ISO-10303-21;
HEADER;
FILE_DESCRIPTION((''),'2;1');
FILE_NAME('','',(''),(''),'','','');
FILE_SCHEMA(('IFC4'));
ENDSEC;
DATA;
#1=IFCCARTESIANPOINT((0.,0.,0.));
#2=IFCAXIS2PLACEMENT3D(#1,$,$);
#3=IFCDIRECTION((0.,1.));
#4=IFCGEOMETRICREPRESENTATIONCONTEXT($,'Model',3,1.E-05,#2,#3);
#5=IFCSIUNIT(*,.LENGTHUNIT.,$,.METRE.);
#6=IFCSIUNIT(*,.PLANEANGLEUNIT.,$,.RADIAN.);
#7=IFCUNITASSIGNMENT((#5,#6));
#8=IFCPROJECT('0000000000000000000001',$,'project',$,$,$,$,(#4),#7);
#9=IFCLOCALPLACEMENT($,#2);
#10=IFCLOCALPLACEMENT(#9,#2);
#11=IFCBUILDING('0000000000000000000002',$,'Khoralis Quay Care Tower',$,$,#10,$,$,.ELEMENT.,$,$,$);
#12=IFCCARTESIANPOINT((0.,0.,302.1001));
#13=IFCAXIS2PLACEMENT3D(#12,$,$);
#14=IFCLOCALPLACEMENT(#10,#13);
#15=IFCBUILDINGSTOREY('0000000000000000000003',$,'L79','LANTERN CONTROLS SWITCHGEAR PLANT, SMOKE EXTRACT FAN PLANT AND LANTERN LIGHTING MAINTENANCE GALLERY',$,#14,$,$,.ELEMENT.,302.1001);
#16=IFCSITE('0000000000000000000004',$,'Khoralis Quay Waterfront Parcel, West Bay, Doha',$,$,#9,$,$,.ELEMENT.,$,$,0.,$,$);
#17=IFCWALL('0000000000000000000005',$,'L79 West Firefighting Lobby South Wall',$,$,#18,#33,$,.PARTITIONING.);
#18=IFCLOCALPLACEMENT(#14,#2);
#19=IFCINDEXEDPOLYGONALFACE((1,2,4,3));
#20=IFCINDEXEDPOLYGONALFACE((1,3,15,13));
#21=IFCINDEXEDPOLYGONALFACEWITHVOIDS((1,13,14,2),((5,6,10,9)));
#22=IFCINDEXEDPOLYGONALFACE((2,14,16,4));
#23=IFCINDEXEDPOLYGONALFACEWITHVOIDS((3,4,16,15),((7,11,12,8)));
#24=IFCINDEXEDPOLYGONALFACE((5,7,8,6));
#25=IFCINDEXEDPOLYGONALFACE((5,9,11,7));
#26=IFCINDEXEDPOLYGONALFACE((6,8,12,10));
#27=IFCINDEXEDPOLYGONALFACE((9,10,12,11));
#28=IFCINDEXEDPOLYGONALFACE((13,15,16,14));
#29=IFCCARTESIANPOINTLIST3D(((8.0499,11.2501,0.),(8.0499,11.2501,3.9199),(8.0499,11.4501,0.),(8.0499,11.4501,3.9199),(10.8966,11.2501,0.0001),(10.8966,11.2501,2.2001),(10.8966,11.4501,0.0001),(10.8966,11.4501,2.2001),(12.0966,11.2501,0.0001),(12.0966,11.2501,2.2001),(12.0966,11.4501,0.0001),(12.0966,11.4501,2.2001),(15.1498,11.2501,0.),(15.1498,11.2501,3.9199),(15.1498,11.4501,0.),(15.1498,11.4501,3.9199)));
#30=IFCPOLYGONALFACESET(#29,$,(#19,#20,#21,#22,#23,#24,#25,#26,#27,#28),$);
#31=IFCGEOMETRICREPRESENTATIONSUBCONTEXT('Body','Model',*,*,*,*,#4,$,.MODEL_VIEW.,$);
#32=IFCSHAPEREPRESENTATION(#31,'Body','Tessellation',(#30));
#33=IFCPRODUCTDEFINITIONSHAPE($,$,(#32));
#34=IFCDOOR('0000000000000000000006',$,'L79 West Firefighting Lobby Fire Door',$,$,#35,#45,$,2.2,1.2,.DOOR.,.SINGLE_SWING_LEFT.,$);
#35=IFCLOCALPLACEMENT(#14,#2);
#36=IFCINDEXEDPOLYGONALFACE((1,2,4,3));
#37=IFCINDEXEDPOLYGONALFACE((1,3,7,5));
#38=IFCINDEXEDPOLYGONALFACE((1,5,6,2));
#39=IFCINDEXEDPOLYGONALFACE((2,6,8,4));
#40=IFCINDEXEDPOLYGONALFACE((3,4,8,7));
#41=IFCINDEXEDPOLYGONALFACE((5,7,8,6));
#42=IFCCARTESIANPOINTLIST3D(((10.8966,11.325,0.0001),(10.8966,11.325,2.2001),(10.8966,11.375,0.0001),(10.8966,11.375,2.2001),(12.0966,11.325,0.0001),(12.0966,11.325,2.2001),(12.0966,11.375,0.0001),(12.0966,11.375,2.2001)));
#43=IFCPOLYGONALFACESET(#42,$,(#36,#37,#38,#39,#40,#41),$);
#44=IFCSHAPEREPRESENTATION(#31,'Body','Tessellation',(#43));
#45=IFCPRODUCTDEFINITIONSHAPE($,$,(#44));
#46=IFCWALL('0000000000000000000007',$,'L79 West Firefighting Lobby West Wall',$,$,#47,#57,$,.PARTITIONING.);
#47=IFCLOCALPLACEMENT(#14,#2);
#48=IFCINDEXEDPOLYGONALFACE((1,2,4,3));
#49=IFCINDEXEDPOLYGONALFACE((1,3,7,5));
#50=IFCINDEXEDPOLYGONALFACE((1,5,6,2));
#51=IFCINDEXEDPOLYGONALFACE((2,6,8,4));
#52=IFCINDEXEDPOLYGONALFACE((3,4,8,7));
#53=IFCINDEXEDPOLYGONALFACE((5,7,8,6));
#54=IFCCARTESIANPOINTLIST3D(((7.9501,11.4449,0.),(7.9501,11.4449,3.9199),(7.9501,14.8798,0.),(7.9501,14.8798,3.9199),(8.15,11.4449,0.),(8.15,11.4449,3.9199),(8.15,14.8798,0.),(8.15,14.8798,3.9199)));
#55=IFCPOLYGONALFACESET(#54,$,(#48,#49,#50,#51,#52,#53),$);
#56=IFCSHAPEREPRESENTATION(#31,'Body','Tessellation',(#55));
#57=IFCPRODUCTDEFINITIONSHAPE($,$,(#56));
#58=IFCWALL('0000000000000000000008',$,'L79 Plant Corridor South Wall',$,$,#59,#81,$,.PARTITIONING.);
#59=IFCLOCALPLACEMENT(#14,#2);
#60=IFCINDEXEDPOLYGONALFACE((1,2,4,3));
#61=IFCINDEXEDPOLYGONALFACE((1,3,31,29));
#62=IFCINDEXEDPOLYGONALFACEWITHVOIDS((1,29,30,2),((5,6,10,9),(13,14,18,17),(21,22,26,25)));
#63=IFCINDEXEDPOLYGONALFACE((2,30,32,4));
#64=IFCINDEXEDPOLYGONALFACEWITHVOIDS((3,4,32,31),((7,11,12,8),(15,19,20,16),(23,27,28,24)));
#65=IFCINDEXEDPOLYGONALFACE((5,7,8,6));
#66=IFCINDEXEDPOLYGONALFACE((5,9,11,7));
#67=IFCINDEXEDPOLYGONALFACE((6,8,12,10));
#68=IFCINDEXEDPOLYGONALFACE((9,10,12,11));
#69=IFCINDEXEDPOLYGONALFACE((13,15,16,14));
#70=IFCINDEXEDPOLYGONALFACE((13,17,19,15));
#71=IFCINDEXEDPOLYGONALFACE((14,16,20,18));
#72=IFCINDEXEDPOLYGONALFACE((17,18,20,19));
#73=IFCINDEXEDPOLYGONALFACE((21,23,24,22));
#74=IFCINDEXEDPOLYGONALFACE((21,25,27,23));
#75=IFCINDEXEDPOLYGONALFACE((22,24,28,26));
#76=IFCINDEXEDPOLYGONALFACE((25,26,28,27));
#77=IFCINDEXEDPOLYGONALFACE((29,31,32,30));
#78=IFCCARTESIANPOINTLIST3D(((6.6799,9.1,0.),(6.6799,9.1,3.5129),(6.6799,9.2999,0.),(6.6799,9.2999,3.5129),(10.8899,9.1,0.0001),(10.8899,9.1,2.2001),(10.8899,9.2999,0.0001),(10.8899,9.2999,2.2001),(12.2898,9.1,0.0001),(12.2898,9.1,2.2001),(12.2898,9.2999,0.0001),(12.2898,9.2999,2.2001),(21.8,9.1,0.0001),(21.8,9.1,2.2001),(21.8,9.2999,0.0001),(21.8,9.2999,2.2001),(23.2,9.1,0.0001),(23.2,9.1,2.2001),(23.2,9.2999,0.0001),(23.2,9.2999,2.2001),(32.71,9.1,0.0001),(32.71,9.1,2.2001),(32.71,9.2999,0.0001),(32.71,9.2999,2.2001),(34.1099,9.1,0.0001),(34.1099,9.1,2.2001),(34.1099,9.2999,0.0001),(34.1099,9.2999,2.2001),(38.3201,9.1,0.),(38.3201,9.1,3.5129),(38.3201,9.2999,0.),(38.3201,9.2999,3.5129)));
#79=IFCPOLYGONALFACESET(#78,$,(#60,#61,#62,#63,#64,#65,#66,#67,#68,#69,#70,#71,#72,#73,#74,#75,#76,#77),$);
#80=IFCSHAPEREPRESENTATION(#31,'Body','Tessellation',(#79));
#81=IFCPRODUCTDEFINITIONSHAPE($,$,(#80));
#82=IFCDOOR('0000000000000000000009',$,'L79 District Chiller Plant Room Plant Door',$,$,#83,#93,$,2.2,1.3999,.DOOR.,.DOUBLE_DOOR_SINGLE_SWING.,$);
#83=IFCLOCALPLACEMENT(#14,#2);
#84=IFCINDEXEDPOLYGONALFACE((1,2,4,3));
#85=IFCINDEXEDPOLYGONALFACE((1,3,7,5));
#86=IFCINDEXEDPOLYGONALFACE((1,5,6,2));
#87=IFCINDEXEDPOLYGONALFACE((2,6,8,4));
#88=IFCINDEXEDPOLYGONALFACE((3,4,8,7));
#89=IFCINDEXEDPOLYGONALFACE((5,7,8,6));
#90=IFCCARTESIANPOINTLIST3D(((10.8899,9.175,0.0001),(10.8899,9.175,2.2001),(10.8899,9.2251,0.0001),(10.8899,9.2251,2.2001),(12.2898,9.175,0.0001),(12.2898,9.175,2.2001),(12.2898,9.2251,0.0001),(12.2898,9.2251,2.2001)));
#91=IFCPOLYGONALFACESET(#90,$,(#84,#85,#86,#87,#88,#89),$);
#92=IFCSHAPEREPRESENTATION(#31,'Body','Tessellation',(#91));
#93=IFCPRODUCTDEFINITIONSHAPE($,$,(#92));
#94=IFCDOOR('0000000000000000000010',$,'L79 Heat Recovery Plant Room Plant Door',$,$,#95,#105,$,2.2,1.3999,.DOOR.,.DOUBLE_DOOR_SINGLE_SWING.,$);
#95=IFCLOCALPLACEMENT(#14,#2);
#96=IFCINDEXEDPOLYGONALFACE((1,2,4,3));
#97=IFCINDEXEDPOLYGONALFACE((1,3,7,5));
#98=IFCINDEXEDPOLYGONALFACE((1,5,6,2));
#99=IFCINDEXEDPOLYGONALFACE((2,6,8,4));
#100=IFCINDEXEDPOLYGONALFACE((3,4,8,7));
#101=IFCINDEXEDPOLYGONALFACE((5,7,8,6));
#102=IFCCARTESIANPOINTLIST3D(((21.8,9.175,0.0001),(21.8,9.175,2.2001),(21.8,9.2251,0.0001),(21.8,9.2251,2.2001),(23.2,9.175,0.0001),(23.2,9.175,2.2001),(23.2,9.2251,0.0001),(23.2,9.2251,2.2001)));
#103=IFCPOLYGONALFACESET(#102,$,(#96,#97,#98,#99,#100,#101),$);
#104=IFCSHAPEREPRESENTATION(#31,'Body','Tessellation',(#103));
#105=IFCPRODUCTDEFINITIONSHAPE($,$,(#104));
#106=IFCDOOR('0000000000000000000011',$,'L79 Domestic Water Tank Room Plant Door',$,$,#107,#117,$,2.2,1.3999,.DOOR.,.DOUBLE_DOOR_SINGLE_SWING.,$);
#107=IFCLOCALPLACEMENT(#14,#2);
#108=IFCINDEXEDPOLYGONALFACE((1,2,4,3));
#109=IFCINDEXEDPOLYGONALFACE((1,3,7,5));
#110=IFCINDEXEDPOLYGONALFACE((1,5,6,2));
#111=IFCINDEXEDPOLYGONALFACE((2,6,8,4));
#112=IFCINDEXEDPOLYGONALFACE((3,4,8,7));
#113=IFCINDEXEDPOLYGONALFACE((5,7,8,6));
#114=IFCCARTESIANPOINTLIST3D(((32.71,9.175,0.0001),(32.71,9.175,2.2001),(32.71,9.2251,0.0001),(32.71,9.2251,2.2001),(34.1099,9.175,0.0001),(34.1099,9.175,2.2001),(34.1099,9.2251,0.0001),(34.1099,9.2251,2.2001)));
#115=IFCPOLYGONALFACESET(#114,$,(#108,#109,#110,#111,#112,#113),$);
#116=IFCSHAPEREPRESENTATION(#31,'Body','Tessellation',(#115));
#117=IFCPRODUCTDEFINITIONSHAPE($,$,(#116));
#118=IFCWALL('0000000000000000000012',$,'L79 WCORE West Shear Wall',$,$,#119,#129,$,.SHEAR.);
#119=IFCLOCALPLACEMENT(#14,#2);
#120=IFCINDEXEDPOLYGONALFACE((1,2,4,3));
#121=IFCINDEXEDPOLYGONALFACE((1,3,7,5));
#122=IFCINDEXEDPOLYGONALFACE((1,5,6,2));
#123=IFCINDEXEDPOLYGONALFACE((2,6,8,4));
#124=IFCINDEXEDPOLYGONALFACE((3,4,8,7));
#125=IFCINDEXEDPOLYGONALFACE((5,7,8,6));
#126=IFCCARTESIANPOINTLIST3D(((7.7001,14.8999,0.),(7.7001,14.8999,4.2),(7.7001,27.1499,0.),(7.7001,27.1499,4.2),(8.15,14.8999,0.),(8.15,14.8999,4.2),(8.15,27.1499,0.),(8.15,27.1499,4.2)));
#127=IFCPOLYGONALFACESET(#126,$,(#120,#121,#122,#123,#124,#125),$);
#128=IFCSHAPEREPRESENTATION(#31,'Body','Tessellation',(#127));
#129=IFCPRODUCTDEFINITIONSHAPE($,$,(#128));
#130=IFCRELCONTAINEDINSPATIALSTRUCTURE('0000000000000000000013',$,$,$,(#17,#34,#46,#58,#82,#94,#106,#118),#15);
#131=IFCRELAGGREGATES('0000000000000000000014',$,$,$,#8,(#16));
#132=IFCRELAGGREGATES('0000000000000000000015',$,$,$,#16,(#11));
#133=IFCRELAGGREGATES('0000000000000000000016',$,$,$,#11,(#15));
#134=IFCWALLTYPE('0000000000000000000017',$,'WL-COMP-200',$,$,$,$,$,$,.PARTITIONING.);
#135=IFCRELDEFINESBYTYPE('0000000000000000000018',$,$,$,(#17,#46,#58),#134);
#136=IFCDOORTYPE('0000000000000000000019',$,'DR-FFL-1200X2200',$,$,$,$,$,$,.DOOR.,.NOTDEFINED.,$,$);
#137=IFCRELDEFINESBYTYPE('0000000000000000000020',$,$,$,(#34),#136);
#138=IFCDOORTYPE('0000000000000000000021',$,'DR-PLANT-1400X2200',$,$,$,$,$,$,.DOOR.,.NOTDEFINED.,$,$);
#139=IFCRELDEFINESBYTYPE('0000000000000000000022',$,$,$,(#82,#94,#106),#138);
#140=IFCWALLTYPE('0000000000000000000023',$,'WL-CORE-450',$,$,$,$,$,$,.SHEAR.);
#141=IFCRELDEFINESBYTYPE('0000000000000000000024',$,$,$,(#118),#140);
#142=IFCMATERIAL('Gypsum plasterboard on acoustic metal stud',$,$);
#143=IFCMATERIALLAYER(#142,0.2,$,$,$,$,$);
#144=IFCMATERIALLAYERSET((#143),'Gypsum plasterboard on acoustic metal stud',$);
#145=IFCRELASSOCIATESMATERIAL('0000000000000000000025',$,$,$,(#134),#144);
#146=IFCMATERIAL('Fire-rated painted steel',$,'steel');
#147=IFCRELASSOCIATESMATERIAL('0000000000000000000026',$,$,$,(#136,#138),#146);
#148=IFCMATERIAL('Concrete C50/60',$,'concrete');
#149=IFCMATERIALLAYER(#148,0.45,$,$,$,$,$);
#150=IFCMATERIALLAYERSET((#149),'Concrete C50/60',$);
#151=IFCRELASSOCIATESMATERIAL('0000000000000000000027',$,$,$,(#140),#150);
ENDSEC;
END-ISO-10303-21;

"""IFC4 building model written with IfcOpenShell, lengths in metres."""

from ifc_helpers import new_model, si_unit, direction, frame, frame_2d, origin, place, context, subcontext, project, spatial, rectangle, extrude, source, transform, mapped, material, layer, layer_set, type_object, element, fill, save


model = new_model("IFC4")

# Units and contexts
model_context = context("Model", 3, precision=1e-05, world=origin(), true_north=direction((0.0, 1.0)))
body_context = subcontext(model_context, "Body", "Model", "MODEL_VIEW")
ifc_project = project(units=[si_unit("LENGTHUNIT", "METRE"), si_unit("PLANEANGLEUNIT", "RADIAN")], contexts=[model_context])

# Site, building, storey
site_placement = place(None, origin())
site = spatial("IfcSite", under=ifc_project, at=site_placement, Name="Khoralis Quay Waterfront Parcel, West Bay, Doha", CompositionType="ELEMENT", RefElevation=0.0)
building_placement = place(site_placement, origin())
building = spatial("IfcBuilding", under=site, at=building_placement, Name="Khoralis Quay Care Tower", CompositionType="ELEMENT")
storey_placement = place(building_placement, frame((0.0, 0.0, 302.1001)))
storey = spatial("IfcBuildingStorey", under=building, at=storey_placement, Name="L79", Description="LANTERN CONTROLS SWITCHGEAR PLANT, SMOKE EXTRACT FAN PLANT AND LANTERN LIGHTING MAINTENANCE GALLERY", CompositionType="ELEMENT", Elevation=302.1001)

# Wall, opening, door
ifc_material_1 = material(Name="Gypsum plasterboard on acoustic metal stud")
ifc_layer_1 = layer(ifc_material_1, 0.2)
ifc_layer_set_1 = layer_set([ifc_layer_1], Name="Gypsum plasterboard on acoustic metal stud")
wall_type_1 = type_object("IfcWallType", Name="WL-COMP-200", PredefinedType="PARTITIONING", material=ifc_layer_set_1)
wall_1_placement = place(storey_placement, frame((8.05, 11.3501, 0.0), z_axis=(0.0, 0.0, 1.0), x_axis=(1.0, 0.0, 0.0)))
wall_1 = element("IfcWall", 1, at=wall_1_placement, inside=storey, type_object=wall_type_1, Name="L79 West Firefighting Lobby South Wall", PredefinedType="PARTITIONING", context=body_context, shape_type="SweptSolid", body=[
    extrude(rectangle(XDim=7.0999, YDim=0.2, at=frame_2d((3.5498, 0.0))), origin(), (0.0, 0.0, 1.0), 3.9199),
])
opening_1_placement = place(wall_1_placement, frame((2.8464, 0.0, 0.0)))
opening_1 = element("IfcOpeningElement", 2, at=opening_1_placement, cuts=wall_1, PredefinedType="OPENING", context=body_context, shape_type="SweptSolid", body=[
    extrude(rectangle(XDim=1.2, YDim=2.2, at=frame_2d((0.6001, 1.1001))), frame((0.0, 0.1099, 0.0), z_axis=(0.0, -1.0, 0.0), x_axis=(1.0, 0.0, 0.0)), (0.0, 0.0, 1.0), 0.22),
])
ifc_material_2 = material(Name="Fire-rated painted steel", Category="steel")
door_type_1 = type_object("IfcDoorType", Name="DR-FFL-1200X2200", OperationType="NOTDEFINED", PredefinedType="DOOR", material=ifc_material_2)
shared_shape_1 = source(origin(), body_context, "Body", "SweptSolid", [
    extrude(rectangle(XDim=1.2, YDim=2.2, at=frame_2d((0.6001, 1.1001))), frame((0.0, 0.0249, 0.0), z_axis=(0.0, -1.0, 0.0), x_axis=(1.0, 0.0, 0.0)), (0.0, 0.0, 1.0), 0.05),
])
door_1_placement = place(opening_1_placement, origin())
door_1 = element("IfcDoor", 3, at=door_1_placement, inside=storey, type_object=door_type_1, Name="L79 West Firefighting Lobby Fire Door", OperationType="SINGLE_SWING_LEFT", OverallHeight=2.2, OverallWidth=1.2, PredefinedType="DOOR", context=body_context, shape_type="MappedRepresentation", body=[
    mapped(shared_shape_1, transform((0.0, 0.0, 0.0), scale=1.0)),
])
fill(opening_1, door_1)

# Wall
wall_2_placement = place(storey_placement, frame((8.05, 11.4451, 0.0), z_axis=(0.0, 0.0, 1.0), x_axis=(0.0, 1.0, 0.0)))
element("IfcWall", 4, at=wall_2_placement, inside=storey, type_object=wall_type_1, Name="L79 West Firefighting Lobby West Wall", PredefinedType="PARTITIONING", context=body_context, shape_type="SweptSolid", body=[
    extrude(rectangle(XDim=3.4348, YDim=0.2, at=frame_2d((1.7173, 0.0))), origin(), (0.0, 0.0, 1.0), 3.9199),
])

# Wall, openings, doors
wall_3_placement = place(storey_placement, frame((6.6799, 9.2, 0.0), z_axis=(0.0, 0.0, 1.0), x_axis=(1.0, 0.0, 0.0)))
wall_3 = element("IfcWall", 5, at=wall_3_placement, inside=storey, type_object=wall_type_1, Name="L79 Plant Corridor South Wall", PredefinedType="PARTITIONING", context=body_context, shape_type="SweptSolid", body=[
    extrude(rectangle(XDim=31.6401, YDim=0.2, at=frame_2d((15.8201, 0.0))), origin(), (0.0, 0.0, 1.0), 3.5129),
])
opening_2_placement = place(wall_3_placement, frame((4.21, 0.0, 0.0)))
opening_2 = element("IfcOpeningElement", 6, at=opening_2_placement, cuts=wall_3, PredefinedType="OPENING", context=body_context, shape_type="SweptSolid", body=[
    extrude(rectangle(XDim=1.3999, YDim=2.2, at=frame_2d((0.7, 1.1001))), frame((0.0, 0.1099, 0.0), z_axis=(0.0, -1.0, 0.0), x_axis=(1.0, 0.0, 0.0)), (0.0, 0.0, 1.0), 0.22),
])
opening_3_placement = place(wall_3_placement, frame((15.1201, 0.0, 0.0)))
opening_3 = element("IfcOpeningElement", 7, at=opening_3_placement, cuts=wall_3, PredefinedType="OPENING", context=body_context, shape_type="SweptSolid", body=[
    extrude(rectangle(XDim=1.3999, YDim=2.2, at=frame_2d((0.7, 1.1001))), frame((0.0, 0.1099, 0.0), z_axis=(0.0, -1.0, 0.0), x_axis=(1.0, 0.0, 0.0)), (0.0, 0.0, 1.0), 0.22),
])
opening_4_placement = place(wall_3_placement, frame((26.03, 0.0, 0.0)))
opening_4 = element("IfcOpeningElement", 8, at=opening_4_placement, cuts=wall_3, PredefinedType="OPENING", context=body_context, shape_type="SweptSolid", body=[
    extrude(rectangle(XDim=1.3999, YDim=2.2, at=frame_2d((0.7, 1.1001))), frame((0.0, 0.1099, 0.0), z_axis=(0.0, -1.0, 0.0), x_axis=(1.0, 0.0, 0.0)), (0.0, 0.0, 1.0), 0.22),
])
door_type_2 = type_object("IfcDoorType", Name="DR-PLANT-1400X2200", OperationType="NOTDEFINED", PredefinedType="DOOR", material=ifc_material_2)
shared_shape_2 = source(origin(), body_context, "Body", "SweptSolid", [
    extrude(rectangle(XDim=1.3999, YDim=2.2, at=frame_2d((0.7, 1.1001))), frame((0.0, 0.0249, 0.0), z_axis=(0.0, -1.0, 0.0), x_axis=(1.0, 0.0, 0.0)), (0.0, 0.0, 1.0), 0.05),
])
door_2_placement = place(opening_2_placement, frame((1.3999, 0.0, 0.0), z_axis=(0.0, 0.0, 1.0), x_axis=(-1.0, 0.0, 0.0)))
door_2 = element("IfcDoor", 9, at=door_2_placement, inside=storey, type_object=door_type_2, Name="L79 District Chiller Plant Room Plant Door", OperationType="DOUBLE_DOOR_SINGLE_SWING", OverallHeight=2.2, OverallWidth=1.3999, PredefinedType="DOOR", context=body_context, shape_type="MappedRepresentation", body=[
    mapped(shared_shape_2, transform((0.0, 0.0, 0.0), scale=1.0)),
])
fill(opening_2, door_2)
door_3_placement = place(opening_3_placement, frame((1.3999, 0.0, 0.0), z_axis=(0.0, 0.0, 1.0), x_axis=(-1.0, 0.0, 0.0)))
door_3 = element("IfcDoor", 10, at=door_3_placement, inside=storey, type_object=door_type_2, Name="L79 Heat Recovery Plant Room Plant Door", OperationType="DOUBLE_DOOR_SINGLE_SWING", OverallHeight=2.2, OverallWidth=1.3999, PredefinedType="DOOR", context=body_context, shape_type="MappedRepresentation", body=[
    mapped(shared_shape_2, transform((0.0, 0.0, 0.0), scale=1.0)),
])
fill(opening_3, door_3)
door_4_placement = place(opening_4_placement, frame((1.3999, 0.0, 0.0), z_axis=(0.0, 0.0, 1.0), x_axis=(-1.0, 0.0, 0.0)))
door_4 = element("IfcDoor", 11, at=door_4_placement, inside=storey, type_object=door_type_2, Name="L79 Domestic Water Tank Room Plant Door", OperationType="DOUBLE_DOOR_SINGLE_SWING", OverallHeight=2.2, OverallWidth=1.3999, PredefinedType="DOOR", context=body_context, shape_type="MappedRepresentation", body=[
    mapped(shared_shape_2, transform((0.0, 0.0, 0.0), scale=1.0)),
])
fill(opening_4, door_4)

# Wall
ifc_material_3 = material(Name="Concrete C50/60", Category="concrete")
ifc_layer_2 = layer(ifc_material_3, 0.45)
ifc_layer_set_2 = layer_set([ifc_layer_2], Name="Concrete C50/60")
wall_type_2 = type_object("IfcWallType", Name="WL-CORE-450", PredefinedType="SHEAR", material=ifc_layer_set_2)
wall_4_placement = place(storey_placement, frame((7.925, 14.8999, 0.0), z_axis=(0.0, 0.0, 1.0), x_axis=(0.0, 1.0, 0.0)))
element("IfcWall", 12, at=wall_4_placement, inside=storey, type_object=wall_type_2, Name="L79 WCORE West Shear Wall", PredefinedType="SHEAR", context=body_context, shape_type="SweptSolid", body=[
    extrude(rectangle(XDim=12.25, YDim=0.45, at=frame_2d((6.125, 0.0))), origin(), (0.0, 0.0, 1.0), 4.2),
])

save(model, "model.ifc")
